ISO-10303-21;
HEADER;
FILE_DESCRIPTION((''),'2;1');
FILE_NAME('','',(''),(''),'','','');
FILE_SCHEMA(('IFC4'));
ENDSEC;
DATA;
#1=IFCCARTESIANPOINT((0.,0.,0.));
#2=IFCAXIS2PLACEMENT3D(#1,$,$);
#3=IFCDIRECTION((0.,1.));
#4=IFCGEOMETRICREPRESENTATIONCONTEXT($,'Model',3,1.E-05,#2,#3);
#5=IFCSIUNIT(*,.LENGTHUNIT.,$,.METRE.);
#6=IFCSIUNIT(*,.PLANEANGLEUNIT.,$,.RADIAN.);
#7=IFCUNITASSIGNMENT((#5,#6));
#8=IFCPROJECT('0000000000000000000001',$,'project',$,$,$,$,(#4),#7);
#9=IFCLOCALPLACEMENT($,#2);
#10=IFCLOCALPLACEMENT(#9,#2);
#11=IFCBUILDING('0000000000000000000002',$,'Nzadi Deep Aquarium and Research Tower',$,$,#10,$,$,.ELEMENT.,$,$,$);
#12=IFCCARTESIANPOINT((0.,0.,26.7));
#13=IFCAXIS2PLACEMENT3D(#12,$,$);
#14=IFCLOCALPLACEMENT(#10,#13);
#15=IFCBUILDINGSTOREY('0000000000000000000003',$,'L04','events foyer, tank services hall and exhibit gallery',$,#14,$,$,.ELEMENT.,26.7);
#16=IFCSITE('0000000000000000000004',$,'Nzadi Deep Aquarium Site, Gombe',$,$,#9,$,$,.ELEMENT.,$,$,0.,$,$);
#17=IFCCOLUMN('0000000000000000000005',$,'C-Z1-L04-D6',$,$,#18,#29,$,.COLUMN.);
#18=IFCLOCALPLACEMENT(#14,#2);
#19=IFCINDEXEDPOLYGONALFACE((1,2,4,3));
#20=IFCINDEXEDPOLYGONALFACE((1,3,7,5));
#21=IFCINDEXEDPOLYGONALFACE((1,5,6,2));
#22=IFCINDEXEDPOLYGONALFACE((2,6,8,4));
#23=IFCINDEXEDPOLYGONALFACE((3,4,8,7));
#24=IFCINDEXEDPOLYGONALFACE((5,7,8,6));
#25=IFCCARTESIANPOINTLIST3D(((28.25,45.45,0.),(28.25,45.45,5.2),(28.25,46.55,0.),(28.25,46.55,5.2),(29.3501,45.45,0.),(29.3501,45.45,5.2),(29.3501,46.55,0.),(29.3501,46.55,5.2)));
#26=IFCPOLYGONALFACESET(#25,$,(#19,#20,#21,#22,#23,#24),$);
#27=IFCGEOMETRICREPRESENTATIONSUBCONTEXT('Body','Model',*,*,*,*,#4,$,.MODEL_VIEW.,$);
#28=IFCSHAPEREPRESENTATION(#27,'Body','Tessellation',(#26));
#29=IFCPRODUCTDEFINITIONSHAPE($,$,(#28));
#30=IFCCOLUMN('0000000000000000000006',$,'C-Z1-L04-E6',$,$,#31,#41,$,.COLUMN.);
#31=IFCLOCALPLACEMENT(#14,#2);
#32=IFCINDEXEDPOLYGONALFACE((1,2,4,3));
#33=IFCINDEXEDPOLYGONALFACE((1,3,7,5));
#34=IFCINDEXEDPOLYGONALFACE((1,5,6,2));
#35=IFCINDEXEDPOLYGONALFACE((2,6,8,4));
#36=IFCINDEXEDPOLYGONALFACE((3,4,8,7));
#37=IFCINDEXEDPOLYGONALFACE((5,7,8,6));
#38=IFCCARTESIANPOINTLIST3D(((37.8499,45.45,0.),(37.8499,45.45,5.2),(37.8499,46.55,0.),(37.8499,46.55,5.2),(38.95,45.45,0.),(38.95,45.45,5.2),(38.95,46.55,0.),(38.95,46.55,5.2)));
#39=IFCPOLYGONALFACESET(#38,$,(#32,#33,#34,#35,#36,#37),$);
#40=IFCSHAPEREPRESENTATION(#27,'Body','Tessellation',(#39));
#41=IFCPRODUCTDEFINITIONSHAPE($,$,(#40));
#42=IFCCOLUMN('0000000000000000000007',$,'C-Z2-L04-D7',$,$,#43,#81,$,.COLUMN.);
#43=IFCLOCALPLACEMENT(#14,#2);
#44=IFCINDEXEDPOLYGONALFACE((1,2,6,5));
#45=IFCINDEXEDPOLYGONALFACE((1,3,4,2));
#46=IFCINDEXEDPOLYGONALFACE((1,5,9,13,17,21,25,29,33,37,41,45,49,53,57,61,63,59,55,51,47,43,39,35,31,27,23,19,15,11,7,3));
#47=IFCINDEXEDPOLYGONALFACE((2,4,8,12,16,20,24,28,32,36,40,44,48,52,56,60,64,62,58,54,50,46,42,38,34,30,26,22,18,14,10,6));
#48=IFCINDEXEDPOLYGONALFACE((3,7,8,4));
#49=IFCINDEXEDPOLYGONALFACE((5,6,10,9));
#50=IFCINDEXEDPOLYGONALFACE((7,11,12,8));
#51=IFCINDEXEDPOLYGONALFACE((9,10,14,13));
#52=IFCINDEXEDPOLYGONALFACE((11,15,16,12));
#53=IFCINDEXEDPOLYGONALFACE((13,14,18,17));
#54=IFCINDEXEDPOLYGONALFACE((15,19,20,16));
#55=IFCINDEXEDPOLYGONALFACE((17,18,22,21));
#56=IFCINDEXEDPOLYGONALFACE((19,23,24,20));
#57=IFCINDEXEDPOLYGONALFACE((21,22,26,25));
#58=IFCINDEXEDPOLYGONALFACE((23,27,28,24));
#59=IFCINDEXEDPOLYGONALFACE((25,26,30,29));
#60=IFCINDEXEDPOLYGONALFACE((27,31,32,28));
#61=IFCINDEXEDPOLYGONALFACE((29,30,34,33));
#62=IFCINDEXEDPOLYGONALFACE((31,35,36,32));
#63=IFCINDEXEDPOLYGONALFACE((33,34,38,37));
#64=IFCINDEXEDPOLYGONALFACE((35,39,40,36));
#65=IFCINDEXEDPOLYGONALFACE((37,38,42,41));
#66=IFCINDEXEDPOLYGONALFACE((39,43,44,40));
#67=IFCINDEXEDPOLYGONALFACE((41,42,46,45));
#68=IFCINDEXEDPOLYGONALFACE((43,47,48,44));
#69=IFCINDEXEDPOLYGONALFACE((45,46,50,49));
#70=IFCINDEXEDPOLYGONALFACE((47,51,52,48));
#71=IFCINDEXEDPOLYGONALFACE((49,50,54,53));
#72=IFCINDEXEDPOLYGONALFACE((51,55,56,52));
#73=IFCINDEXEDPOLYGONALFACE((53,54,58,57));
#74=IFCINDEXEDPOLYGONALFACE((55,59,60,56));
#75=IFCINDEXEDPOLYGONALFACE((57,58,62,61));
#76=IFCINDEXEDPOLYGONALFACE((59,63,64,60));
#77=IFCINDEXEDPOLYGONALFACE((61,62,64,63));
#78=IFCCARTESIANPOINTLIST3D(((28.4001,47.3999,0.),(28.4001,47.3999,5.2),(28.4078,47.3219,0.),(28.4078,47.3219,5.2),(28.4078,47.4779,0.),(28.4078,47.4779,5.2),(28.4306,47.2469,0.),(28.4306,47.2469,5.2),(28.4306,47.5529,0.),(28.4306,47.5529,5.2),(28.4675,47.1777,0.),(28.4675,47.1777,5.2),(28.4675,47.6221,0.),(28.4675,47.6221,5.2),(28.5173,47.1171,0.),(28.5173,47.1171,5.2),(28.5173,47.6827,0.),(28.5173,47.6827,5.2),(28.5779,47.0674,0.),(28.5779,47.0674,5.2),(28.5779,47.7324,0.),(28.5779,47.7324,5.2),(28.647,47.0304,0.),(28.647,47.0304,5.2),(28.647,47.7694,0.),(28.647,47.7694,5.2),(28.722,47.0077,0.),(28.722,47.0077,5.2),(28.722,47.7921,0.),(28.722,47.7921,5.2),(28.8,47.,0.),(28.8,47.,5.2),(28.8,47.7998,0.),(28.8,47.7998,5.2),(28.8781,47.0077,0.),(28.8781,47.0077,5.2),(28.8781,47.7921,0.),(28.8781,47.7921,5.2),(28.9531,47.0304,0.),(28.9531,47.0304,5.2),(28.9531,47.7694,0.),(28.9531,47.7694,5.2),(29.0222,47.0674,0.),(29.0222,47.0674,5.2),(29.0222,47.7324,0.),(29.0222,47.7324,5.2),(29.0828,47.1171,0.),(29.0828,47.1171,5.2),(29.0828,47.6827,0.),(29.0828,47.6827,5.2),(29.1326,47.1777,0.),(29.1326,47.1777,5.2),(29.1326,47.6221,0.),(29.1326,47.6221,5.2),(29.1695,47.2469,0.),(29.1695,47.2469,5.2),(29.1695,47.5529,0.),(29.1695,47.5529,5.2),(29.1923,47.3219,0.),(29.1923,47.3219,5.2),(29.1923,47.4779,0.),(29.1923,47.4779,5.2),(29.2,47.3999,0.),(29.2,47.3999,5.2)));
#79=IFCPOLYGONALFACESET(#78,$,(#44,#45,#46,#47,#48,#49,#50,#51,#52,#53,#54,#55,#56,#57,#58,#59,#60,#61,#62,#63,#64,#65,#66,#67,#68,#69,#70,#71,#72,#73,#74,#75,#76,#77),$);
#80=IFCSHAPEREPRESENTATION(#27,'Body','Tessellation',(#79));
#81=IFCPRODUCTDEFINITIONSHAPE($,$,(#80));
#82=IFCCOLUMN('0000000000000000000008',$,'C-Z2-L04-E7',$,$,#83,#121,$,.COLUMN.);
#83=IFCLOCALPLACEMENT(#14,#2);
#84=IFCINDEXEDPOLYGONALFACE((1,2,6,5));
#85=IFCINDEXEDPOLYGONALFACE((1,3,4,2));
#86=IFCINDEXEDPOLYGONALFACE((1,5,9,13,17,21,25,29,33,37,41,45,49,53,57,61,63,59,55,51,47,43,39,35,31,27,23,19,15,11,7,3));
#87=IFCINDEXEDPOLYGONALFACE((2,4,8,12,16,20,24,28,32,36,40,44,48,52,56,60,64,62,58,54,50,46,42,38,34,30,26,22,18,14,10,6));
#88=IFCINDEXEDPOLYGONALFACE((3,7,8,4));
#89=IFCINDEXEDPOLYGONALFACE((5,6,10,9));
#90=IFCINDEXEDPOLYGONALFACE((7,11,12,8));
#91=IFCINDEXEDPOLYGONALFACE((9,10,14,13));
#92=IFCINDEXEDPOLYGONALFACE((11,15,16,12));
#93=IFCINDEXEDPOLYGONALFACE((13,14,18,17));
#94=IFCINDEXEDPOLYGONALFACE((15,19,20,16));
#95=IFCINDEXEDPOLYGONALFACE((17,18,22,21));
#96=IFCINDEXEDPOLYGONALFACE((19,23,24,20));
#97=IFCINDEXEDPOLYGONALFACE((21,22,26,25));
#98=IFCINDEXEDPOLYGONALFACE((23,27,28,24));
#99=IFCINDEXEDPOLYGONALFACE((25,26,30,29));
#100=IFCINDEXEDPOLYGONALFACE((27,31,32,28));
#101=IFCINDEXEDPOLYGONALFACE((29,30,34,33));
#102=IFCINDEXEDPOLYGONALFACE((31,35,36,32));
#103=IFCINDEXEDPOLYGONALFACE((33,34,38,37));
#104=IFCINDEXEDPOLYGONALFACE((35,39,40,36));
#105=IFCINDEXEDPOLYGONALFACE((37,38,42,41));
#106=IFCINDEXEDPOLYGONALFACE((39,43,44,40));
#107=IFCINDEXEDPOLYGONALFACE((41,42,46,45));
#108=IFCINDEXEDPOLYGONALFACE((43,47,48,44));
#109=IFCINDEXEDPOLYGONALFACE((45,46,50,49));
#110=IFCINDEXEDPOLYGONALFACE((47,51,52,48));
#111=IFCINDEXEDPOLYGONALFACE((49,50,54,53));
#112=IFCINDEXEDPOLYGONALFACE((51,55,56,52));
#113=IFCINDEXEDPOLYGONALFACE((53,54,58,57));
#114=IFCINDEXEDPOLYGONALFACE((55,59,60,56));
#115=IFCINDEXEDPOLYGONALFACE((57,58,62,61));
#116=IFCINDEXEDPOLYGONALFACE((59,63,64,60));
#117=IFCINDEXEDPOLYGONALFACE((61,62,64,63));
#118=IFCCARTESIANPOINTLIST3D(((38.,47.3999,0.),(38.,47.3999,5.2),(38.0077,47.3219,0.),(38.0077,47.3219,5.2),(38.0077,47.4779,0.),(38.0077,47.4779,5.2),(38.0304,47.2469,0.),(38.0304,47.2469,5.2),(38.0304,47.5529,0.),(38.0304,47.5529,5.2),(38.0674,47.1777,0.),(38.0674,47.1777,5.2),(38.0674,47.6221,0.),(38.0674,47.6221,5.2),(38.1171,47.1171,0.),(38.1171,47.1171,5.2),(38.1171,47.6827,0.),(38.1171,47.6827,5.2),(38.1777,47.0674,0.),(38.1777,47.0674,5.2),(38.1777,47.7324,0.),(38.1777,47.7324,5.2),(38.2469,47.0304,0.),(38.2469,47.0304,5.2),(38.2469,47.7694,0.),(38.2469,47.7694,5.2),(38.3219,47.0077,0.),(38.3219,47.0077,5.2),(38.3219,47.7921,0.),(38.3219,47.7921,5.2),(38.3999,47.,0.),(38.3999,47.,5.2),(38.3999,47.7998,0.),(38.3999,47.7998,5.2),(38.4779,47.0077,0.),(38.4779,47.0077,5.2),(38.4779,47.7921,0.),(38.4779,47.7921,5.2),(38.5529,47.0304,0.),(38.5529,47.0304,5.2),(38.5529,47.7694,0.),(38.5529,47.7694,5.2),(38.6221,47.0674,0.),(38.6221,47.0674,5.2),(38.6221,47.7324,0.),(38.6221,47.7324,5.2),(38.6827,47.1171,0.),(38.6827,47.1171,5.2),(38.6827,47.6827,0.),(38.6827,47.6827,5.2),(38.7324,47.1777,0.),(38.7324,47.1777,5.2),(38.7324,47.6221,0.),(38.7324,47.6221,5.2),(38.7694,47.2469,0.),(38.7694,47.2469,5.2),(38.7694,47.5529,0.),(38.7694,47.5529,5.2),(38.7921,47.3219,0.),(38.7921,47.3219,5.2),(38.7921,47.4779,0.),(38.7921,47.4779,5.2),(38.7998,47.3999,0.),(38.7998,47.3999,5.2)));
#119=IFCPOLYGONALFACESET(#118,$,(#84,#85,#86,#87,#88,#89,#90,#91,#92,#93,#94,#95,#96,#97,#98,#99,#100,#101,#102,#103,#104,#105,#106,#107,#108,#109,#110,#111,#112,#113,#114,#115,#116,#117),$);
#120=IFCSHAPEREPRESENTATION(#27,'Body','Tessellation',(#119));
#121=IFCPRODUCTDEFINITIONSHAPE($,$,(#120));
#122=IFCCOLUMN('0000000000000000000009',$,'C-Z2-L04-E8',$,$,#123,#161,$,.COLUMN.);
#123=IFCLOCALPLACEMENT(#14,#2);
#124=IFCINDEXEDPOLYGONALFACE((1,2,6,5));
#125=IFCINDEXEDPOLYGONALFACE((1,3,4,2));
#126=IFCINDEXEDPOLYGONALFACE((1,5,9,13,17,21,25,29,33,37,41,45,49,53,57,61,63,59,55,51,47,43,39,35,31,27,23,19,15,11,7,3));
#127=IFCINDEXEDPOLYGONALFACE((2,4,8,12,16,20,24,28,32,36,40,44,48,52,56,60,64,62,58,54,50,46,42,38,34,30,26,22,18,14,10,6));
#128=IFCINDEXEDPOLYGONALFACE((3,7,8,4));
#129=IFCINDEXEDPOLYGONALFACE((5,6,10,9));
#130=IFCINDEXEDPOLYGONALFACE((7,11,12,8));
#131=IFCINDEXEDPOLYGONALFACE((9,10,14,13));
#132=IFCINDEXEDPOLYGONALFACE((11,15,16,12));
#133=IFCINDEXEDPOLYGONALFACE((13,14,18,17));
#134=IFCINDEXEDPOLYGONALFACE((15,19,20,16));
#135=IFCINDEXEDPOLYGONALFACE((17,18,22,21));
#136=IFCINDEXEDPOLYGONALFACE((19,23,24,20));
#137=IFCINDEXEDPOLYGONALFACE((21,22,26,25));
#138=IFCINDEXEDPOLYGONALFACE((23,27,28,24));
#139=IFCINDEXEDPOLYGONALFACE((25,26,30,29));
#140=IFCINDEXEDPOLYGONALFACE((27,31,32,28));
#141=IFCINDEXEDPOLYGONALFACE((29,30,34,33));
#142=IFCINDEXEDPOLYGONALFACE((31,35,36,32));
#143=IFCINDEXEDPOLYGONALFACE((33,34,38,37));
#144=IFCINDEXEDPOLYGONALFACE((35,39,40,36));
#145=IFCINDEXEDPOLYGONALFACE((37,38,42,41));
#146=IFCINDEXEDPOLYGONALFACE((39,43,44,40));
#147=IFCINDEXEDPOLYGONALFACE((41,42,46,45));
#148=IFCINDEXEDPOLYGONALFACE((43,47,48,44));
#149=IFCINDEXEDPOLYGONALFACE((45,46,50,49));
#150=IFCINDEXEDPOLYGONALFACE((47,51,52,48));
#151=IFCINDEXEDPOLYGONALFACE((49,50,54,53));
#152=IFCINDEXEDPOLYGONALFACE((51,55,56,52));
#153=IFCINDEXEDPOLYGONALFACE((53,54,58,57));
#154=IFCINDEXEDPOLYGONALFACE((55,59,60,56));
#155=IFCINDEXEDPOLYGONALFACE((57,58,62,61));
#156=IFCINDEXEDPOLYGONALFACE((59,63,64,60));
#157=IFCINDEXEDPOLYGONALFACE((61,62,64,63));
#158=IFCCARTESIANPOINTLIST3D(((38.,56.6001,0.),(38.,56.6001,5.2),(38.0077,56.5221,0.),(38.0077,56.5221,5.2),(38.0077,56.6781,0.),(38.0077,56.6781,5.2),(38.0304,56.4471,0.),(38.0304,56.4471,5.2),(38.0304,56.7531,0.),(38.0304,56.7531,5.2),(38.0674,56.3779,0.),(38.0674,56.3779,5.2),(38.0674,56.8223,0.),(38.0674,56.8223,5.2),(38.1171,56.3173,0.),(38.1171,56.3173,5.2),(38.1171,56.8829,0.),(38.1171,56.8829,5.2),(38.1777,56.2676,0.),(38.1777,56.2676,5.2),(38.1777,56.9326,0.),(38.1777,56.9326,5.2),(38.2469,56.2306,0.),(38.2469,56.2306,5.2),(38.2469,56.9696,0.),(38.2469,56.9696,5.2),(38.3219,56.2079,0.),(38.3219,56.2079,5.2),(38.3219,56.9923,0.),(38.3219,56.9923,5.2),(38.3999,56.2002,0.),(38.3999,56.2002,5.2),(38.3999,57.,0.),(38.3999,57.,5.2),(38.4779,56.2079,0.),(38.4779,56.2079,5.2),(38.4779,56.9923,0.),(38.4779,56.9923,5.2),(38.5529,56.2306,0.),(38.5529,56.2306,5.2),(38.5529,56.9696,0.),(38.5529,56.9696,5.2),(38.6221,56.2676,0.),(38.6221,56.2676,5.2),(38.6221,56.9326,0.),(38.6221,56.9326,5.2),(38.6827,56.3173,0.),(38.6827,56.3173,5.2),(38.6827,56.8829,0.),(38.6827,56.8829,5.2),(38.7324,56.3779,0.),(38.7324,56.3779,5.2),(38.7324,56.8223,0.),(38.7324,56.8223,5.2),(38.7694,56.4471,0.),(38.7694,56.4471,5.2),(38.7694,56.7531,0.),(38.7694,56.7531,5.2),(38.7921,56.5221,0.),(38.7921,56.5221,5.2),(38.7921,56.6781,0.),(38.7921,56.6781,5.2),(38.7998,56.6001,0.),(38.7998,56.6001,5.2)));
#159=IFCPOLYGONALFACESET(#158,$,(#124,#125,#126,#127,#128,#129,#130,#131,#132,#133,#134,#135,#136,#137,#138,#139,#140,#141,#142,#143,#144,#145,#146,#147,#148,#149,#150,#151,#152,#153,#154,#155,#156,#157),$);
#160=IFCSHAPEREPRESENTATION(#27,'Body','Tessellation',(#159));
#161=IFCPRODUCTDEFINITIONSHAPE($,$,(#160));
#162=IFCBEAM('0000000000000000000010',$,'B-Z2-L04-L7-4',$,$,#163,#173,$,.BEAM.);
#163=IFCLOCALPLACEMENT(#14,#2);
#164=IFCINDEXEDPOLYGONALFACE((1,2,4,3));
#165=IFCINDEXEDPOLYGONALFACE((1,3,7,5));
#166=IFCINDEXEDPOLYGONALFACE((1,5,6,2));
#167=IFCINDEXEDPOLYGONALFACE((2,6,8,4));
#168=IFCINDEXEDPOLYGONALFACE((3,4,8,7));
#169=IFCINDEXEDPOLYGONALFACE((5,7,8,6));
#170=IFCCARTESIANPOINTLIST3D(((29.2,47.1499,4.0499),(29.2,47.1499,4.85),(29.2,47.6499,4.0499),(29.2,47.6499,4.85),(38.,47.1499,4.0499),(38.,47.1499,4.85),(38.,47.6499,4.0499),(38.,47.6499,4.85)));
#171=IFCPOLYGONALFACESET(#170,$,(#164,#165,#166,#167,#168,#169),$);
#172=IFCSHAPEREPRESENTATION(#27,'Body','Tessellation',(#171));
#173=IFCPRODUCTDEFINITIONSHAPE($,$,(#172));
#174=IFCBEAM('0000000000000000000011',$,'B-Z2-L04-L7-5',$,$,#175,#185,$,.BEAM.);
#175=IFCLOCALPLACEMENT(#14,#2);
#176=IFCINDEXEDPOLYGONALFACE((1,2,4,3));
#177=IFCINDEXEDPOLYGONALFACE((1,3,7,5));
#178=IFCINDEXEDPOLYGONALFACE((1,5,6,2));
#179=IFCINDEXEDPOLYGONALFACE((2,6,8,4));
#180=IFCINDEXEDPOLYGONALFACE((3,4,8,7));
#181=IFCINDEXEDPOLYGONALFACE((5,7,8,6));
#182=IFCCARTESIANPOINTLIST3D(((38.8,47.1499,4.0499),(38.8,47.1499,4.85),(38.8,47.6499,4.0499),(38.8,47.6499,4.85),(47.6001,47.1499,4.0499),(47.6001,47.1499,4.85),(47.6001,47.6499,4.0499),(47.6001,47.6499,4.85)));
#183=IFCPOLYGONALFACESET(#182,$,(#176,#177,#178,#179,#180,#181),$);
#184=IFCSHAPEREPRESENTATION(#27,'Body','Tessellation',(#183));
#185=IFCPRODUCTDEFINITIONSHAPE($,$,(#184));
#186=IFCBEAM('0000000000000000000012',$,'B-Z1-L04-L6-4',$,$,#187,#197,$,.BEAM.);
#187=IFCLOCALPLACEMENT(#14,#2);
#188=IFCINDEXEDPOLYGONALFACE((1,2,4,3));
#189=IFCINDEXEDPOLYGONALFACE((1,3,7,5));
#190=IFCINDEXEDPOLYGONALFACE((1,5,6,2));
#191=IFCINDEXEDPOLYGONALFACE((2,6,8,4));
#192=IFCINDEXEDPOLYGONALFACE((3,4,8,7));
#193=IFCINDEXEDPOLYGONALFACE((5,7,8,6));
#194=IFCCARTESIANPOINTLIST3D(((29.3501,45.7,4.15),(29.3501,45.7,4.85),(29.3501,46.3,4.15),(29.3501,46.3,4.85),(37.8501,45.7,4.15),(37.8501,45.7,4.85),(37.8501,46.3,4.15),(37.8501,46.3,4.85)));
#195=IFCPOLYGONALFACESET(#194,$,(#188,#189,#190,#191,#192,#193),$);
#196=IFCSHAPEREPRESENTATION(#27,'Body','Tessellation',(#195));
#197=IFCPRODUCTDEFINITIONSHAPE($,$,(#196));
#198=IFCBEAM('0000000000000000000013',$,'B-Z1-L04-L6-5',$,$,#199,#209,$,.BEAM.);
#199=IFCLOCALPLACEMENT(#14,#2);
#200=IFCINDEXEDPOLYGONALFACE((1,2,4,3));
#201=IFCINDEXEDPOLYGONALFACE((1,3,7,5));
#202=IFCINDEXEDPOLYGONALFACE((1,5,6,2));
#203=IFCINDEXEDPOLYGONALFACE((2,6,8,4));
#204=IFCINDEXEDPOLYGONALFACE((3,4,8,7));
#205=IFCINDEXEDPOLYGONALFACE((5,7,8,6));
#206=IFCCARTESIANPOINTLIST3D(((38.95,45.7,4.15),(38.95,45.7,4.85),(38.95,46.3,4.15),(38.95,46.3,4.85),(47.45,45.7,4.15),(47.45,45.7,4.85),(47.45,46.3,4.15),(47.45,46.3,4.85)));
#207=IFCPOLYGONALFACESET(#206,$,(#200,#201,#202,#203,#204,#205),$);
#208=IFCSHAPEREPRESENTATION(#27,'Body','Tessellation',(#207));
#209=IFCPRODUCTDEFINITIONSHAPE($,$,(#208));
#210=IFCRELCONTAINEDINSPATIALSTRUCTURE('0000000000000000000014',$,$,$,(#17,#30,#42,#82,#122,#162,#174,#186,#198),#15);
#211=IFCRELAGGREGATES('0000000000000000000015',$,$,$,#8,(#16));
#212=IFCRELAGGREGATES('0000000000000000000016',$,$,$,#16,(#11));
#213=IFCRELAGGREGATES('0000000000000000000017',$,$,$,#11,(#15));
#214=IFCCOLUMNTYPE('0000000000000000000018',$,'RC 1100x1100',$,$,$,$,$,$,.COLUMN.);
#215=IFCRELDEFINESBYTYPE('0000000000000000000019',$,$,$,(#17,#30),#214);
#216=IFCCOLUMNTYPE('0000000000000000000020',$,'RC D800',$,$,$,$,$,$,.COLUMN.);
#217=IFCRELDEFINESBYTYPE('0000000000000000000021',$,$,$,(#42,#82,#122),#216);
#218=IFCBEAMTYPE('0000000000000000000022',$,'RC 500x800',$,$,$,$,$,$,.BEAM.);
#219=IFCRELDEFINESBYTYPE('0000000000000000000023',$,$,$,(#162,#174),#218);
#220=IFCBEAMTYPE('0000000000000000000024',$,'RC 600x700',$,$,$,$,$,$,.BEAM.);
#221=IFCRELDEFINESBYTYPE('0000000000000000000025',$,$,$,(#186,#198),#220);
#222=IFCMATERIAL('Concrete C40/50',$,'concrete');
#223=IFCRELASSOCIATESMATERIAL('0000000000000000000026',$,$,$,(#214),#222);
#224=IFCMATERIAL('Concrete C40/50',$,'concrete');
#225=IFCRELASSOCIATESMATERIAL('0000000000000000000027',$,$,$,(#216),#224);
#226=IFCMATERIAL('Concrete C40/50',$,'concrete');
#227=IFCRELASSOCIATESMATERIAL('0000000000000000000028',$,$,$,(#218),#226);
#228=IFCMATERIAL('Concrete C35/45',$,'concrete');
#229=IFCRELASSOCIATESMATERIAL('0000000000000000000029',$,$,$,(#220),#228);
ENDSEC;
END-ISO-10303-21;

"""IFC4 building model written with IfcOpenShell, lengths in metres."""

from ifc_helpers import new_model, si_unit, direction, frame, origin, origin_2d, place, context, subcontext, project, spatial, rectangle, circle, extrude, material, material_profile, profile_set, type_object, element, save


model = new_model("IFC4")

# Units and contexts
model_context = context("Model", 3, precision=1e-05, world=origin(), true_north=direction((0.0, 1.0)))
body_context = subcontext(model_context, "Body", "Model", "MODEL_VIEW")
ifc_project = project(units=[si_unit("LENGTHUNIT", "METRE"), si_unit("PLANEANGLEUNIT", "RADIAN")], contexts=[model_context])

# Site, building, storey
site_placement = place(None, origin())
site = spatial("IfcSite", under=ifc_project, at=site_placement, Name="Nzadi Deep Aquarium Site, Gombe", CompositionType="ELEMENT", RefElevation=0.0)
building_placement = place(site_placement, origin())
building = spatial("IfcBuilding", under=site, at=building_placement, Name="Nzadi Deep Aquarium and Research Tower", CompositionType="ELEMENT")
storey_placement = place(building_placement, frame((0.0, 0.0, 26.7)))
storey = spatial("IfcBuildingStorey", under=building, at=storey_placement, Name="L04", Description="events foyer, tank services hall and exhibit gallery", CompositionType="ELEMENT", Elevation=26.7)

# Columns
ifc_material_1 = material(Name="Concrete C40/50", Category="concrete")
ifc_material_profile_1 = material_profile(ifc_material_1, rectangle(XDim=1.1001, YDim=1.1001, at=origin_2d()))
ifc_profile_set_1 = profile_set([ifc_material_profile_1], Name="Concrete C40/50")
column_type_1 = type_object("IfcColumnType", Name="RC 1100x1100", PredefinedType="COLUMN", material=ifc_profile_set_1)
for number, where, z_axis, x_axis, name in (
    (1, (28.8, 46.0, 0.0), (0.0, 0.0, 1.0), (1.0, 0.0, 0.0), "C-Z1-L04-D6"),
    (2, (38.3999, 46.0, 0.0), (0.0, 0.0, 1.0), (1.0, 0.0, 0.0), "C-Z1-L04-E6"),
):
    element("IfcColumn", number, at=place(storey_placement, frame(where, z_axis=z_axis, x_axis=x_axis)), inside=storey, type_object=column_type_1, Name=name, PredefinedType="COLUMN", context=body_context, shape_type="SweptSolid", body=[
        extrude(rectangle(XDim=1.1001, YDim=1.1001, at=origin_2d()), origin(), (0.0, 0.0, 1.0), 5.2),
    ])
ifc_material_2 = material(Name="Concrete C40/50", Category="concrete")
ifc_material_profile_2 = material_profile(ifc_material_2, circle(Radius=0.3999, at=origin_2d()))
ifc_profile_set_2 = profile_set([ifc_material_profile_2], Name="Concrete C40/50")
column_type_2 = type_object("IfcColumnType", Name="RC D800", PredefinedType="COLUMN", material=ifc_profile_set_2)
for number, where, z_axis, x_axis, name in (
    (3, (28.8, 47.3999, 0.0), (0.0, 0.0, 1.0), (1.0, 0.0, 0.0), "C-Z2-L04-D7"),
    (4, (38.3999, 47.3999, 0.0), (0.0, 0.0, 1.0), (1.0, 0.0, 0.0), "C-Z2-L04-E7"),
    (5, (38.3999, 56.6001, 0.0), (0.0, 0.0, 1.0), (1.0, 0.0, 0.0), "C-Z2-L04-E8"),
):
    element("IfcColumn", number, at=place(storey_placement, frame(where, z_axis=z_axis, x_axis=x_axis)), inside=storey, type_object=column_type_2, Name=name, PredefinedType="COLUMN", context=body_context, shape_type="SweptSolid", body=[
        extrude(circle(Radius=0.3999, at=origin_2d()), origin(), (0.0, 0.0, 1.0), 5.2),
    ])

# Beams
ifc_material_3 = material(Name="Concrete C40/50", Category="concrete")
ifc_material_profile_3 = material_profile(ifc_material_3, rectangle(XDim=0.5, YDim=0.8, at=origin_2d()))
ifc_profile_set_3 = profile_set([ifc_material_profile_3], Name="Concrete C40/50")
beam_type_1 = type_object("IfcBeamType", Name="RC 500x800", PredefinedType="BEAM", material=ifc_profile_set_3)
for number, where, z_axis, x_axis, name in (
    (6, (29.2, 47.3999, 4.45), (1.0, 0.0, 0.0), (0.0, 1.0, 0.0), "B-Z2-L04-L7-4"),
    (7, (38.8, 47.3999, 4.45), (1.0, 0.0, 0.0), (0.0, 1.0, 0.0), "B-Z2-L04-L7-5"),
):
    element("IfcBeam", number, at=place(storey_placement, frame(where, z_axis=z_axis, x_axis=x_axis)), inside=storey, type_object=beam_type_1, Name=name, PredefinedType="BEAM", context=body_context, shape_type="SweptSolid", body=[
        extrude(rectangle(XDim=0.5, YDim=0.8, at=origin_2d()), origin(), (0.0, 0.0, 1.0), 8.8),
    ])
ifc_material_4 = material(Name="Concrete C35/45", Category="concrete")
ifc_material_profile_4 = material_profile(ifc_material_4, rectangle(XDim=0.6001, YDim=0.7, at=origin_2d()))
ifc_profile_set_4 = profile_set([ifc_material_profile_4], Name="Concrete C35/45")
beam_type_2 = type_object("IfcBeamType", Name="RC 600x700", PredefinedType="BEAM", material=ifc_profile_set_4)
for number, where, z_axis, x_axis, name in (
    (8, (29.3501, 46.0, 4.5), (1.0, 0.0, 0.0), (0.0, 1.0, 0.0), "B-Z1-L04-L6-4"),
    (9, (38.95, 46.0, 4.5), (1.0, 0.0, 0.0), (0.0, 1.0, 0.0), "B-Z1-L04-L6-5"),
):
    element("IfcBeam", number, at=place(storey_placement, frame(where, z_axis=z_axis, x_axis=x_axis)), inside=storey, type_object=beam_type_2, Name=name, PredefinedType="BEAM", context=body_context, shape_type="SweptSolid", body=[
        extrude(rectangle(XDim=0.6001, YDim=0.7, at=origin_2d()), origin(), (0.0, 0.0, 1.0), 8.5),
    ])

save(model, "model.ifc")
